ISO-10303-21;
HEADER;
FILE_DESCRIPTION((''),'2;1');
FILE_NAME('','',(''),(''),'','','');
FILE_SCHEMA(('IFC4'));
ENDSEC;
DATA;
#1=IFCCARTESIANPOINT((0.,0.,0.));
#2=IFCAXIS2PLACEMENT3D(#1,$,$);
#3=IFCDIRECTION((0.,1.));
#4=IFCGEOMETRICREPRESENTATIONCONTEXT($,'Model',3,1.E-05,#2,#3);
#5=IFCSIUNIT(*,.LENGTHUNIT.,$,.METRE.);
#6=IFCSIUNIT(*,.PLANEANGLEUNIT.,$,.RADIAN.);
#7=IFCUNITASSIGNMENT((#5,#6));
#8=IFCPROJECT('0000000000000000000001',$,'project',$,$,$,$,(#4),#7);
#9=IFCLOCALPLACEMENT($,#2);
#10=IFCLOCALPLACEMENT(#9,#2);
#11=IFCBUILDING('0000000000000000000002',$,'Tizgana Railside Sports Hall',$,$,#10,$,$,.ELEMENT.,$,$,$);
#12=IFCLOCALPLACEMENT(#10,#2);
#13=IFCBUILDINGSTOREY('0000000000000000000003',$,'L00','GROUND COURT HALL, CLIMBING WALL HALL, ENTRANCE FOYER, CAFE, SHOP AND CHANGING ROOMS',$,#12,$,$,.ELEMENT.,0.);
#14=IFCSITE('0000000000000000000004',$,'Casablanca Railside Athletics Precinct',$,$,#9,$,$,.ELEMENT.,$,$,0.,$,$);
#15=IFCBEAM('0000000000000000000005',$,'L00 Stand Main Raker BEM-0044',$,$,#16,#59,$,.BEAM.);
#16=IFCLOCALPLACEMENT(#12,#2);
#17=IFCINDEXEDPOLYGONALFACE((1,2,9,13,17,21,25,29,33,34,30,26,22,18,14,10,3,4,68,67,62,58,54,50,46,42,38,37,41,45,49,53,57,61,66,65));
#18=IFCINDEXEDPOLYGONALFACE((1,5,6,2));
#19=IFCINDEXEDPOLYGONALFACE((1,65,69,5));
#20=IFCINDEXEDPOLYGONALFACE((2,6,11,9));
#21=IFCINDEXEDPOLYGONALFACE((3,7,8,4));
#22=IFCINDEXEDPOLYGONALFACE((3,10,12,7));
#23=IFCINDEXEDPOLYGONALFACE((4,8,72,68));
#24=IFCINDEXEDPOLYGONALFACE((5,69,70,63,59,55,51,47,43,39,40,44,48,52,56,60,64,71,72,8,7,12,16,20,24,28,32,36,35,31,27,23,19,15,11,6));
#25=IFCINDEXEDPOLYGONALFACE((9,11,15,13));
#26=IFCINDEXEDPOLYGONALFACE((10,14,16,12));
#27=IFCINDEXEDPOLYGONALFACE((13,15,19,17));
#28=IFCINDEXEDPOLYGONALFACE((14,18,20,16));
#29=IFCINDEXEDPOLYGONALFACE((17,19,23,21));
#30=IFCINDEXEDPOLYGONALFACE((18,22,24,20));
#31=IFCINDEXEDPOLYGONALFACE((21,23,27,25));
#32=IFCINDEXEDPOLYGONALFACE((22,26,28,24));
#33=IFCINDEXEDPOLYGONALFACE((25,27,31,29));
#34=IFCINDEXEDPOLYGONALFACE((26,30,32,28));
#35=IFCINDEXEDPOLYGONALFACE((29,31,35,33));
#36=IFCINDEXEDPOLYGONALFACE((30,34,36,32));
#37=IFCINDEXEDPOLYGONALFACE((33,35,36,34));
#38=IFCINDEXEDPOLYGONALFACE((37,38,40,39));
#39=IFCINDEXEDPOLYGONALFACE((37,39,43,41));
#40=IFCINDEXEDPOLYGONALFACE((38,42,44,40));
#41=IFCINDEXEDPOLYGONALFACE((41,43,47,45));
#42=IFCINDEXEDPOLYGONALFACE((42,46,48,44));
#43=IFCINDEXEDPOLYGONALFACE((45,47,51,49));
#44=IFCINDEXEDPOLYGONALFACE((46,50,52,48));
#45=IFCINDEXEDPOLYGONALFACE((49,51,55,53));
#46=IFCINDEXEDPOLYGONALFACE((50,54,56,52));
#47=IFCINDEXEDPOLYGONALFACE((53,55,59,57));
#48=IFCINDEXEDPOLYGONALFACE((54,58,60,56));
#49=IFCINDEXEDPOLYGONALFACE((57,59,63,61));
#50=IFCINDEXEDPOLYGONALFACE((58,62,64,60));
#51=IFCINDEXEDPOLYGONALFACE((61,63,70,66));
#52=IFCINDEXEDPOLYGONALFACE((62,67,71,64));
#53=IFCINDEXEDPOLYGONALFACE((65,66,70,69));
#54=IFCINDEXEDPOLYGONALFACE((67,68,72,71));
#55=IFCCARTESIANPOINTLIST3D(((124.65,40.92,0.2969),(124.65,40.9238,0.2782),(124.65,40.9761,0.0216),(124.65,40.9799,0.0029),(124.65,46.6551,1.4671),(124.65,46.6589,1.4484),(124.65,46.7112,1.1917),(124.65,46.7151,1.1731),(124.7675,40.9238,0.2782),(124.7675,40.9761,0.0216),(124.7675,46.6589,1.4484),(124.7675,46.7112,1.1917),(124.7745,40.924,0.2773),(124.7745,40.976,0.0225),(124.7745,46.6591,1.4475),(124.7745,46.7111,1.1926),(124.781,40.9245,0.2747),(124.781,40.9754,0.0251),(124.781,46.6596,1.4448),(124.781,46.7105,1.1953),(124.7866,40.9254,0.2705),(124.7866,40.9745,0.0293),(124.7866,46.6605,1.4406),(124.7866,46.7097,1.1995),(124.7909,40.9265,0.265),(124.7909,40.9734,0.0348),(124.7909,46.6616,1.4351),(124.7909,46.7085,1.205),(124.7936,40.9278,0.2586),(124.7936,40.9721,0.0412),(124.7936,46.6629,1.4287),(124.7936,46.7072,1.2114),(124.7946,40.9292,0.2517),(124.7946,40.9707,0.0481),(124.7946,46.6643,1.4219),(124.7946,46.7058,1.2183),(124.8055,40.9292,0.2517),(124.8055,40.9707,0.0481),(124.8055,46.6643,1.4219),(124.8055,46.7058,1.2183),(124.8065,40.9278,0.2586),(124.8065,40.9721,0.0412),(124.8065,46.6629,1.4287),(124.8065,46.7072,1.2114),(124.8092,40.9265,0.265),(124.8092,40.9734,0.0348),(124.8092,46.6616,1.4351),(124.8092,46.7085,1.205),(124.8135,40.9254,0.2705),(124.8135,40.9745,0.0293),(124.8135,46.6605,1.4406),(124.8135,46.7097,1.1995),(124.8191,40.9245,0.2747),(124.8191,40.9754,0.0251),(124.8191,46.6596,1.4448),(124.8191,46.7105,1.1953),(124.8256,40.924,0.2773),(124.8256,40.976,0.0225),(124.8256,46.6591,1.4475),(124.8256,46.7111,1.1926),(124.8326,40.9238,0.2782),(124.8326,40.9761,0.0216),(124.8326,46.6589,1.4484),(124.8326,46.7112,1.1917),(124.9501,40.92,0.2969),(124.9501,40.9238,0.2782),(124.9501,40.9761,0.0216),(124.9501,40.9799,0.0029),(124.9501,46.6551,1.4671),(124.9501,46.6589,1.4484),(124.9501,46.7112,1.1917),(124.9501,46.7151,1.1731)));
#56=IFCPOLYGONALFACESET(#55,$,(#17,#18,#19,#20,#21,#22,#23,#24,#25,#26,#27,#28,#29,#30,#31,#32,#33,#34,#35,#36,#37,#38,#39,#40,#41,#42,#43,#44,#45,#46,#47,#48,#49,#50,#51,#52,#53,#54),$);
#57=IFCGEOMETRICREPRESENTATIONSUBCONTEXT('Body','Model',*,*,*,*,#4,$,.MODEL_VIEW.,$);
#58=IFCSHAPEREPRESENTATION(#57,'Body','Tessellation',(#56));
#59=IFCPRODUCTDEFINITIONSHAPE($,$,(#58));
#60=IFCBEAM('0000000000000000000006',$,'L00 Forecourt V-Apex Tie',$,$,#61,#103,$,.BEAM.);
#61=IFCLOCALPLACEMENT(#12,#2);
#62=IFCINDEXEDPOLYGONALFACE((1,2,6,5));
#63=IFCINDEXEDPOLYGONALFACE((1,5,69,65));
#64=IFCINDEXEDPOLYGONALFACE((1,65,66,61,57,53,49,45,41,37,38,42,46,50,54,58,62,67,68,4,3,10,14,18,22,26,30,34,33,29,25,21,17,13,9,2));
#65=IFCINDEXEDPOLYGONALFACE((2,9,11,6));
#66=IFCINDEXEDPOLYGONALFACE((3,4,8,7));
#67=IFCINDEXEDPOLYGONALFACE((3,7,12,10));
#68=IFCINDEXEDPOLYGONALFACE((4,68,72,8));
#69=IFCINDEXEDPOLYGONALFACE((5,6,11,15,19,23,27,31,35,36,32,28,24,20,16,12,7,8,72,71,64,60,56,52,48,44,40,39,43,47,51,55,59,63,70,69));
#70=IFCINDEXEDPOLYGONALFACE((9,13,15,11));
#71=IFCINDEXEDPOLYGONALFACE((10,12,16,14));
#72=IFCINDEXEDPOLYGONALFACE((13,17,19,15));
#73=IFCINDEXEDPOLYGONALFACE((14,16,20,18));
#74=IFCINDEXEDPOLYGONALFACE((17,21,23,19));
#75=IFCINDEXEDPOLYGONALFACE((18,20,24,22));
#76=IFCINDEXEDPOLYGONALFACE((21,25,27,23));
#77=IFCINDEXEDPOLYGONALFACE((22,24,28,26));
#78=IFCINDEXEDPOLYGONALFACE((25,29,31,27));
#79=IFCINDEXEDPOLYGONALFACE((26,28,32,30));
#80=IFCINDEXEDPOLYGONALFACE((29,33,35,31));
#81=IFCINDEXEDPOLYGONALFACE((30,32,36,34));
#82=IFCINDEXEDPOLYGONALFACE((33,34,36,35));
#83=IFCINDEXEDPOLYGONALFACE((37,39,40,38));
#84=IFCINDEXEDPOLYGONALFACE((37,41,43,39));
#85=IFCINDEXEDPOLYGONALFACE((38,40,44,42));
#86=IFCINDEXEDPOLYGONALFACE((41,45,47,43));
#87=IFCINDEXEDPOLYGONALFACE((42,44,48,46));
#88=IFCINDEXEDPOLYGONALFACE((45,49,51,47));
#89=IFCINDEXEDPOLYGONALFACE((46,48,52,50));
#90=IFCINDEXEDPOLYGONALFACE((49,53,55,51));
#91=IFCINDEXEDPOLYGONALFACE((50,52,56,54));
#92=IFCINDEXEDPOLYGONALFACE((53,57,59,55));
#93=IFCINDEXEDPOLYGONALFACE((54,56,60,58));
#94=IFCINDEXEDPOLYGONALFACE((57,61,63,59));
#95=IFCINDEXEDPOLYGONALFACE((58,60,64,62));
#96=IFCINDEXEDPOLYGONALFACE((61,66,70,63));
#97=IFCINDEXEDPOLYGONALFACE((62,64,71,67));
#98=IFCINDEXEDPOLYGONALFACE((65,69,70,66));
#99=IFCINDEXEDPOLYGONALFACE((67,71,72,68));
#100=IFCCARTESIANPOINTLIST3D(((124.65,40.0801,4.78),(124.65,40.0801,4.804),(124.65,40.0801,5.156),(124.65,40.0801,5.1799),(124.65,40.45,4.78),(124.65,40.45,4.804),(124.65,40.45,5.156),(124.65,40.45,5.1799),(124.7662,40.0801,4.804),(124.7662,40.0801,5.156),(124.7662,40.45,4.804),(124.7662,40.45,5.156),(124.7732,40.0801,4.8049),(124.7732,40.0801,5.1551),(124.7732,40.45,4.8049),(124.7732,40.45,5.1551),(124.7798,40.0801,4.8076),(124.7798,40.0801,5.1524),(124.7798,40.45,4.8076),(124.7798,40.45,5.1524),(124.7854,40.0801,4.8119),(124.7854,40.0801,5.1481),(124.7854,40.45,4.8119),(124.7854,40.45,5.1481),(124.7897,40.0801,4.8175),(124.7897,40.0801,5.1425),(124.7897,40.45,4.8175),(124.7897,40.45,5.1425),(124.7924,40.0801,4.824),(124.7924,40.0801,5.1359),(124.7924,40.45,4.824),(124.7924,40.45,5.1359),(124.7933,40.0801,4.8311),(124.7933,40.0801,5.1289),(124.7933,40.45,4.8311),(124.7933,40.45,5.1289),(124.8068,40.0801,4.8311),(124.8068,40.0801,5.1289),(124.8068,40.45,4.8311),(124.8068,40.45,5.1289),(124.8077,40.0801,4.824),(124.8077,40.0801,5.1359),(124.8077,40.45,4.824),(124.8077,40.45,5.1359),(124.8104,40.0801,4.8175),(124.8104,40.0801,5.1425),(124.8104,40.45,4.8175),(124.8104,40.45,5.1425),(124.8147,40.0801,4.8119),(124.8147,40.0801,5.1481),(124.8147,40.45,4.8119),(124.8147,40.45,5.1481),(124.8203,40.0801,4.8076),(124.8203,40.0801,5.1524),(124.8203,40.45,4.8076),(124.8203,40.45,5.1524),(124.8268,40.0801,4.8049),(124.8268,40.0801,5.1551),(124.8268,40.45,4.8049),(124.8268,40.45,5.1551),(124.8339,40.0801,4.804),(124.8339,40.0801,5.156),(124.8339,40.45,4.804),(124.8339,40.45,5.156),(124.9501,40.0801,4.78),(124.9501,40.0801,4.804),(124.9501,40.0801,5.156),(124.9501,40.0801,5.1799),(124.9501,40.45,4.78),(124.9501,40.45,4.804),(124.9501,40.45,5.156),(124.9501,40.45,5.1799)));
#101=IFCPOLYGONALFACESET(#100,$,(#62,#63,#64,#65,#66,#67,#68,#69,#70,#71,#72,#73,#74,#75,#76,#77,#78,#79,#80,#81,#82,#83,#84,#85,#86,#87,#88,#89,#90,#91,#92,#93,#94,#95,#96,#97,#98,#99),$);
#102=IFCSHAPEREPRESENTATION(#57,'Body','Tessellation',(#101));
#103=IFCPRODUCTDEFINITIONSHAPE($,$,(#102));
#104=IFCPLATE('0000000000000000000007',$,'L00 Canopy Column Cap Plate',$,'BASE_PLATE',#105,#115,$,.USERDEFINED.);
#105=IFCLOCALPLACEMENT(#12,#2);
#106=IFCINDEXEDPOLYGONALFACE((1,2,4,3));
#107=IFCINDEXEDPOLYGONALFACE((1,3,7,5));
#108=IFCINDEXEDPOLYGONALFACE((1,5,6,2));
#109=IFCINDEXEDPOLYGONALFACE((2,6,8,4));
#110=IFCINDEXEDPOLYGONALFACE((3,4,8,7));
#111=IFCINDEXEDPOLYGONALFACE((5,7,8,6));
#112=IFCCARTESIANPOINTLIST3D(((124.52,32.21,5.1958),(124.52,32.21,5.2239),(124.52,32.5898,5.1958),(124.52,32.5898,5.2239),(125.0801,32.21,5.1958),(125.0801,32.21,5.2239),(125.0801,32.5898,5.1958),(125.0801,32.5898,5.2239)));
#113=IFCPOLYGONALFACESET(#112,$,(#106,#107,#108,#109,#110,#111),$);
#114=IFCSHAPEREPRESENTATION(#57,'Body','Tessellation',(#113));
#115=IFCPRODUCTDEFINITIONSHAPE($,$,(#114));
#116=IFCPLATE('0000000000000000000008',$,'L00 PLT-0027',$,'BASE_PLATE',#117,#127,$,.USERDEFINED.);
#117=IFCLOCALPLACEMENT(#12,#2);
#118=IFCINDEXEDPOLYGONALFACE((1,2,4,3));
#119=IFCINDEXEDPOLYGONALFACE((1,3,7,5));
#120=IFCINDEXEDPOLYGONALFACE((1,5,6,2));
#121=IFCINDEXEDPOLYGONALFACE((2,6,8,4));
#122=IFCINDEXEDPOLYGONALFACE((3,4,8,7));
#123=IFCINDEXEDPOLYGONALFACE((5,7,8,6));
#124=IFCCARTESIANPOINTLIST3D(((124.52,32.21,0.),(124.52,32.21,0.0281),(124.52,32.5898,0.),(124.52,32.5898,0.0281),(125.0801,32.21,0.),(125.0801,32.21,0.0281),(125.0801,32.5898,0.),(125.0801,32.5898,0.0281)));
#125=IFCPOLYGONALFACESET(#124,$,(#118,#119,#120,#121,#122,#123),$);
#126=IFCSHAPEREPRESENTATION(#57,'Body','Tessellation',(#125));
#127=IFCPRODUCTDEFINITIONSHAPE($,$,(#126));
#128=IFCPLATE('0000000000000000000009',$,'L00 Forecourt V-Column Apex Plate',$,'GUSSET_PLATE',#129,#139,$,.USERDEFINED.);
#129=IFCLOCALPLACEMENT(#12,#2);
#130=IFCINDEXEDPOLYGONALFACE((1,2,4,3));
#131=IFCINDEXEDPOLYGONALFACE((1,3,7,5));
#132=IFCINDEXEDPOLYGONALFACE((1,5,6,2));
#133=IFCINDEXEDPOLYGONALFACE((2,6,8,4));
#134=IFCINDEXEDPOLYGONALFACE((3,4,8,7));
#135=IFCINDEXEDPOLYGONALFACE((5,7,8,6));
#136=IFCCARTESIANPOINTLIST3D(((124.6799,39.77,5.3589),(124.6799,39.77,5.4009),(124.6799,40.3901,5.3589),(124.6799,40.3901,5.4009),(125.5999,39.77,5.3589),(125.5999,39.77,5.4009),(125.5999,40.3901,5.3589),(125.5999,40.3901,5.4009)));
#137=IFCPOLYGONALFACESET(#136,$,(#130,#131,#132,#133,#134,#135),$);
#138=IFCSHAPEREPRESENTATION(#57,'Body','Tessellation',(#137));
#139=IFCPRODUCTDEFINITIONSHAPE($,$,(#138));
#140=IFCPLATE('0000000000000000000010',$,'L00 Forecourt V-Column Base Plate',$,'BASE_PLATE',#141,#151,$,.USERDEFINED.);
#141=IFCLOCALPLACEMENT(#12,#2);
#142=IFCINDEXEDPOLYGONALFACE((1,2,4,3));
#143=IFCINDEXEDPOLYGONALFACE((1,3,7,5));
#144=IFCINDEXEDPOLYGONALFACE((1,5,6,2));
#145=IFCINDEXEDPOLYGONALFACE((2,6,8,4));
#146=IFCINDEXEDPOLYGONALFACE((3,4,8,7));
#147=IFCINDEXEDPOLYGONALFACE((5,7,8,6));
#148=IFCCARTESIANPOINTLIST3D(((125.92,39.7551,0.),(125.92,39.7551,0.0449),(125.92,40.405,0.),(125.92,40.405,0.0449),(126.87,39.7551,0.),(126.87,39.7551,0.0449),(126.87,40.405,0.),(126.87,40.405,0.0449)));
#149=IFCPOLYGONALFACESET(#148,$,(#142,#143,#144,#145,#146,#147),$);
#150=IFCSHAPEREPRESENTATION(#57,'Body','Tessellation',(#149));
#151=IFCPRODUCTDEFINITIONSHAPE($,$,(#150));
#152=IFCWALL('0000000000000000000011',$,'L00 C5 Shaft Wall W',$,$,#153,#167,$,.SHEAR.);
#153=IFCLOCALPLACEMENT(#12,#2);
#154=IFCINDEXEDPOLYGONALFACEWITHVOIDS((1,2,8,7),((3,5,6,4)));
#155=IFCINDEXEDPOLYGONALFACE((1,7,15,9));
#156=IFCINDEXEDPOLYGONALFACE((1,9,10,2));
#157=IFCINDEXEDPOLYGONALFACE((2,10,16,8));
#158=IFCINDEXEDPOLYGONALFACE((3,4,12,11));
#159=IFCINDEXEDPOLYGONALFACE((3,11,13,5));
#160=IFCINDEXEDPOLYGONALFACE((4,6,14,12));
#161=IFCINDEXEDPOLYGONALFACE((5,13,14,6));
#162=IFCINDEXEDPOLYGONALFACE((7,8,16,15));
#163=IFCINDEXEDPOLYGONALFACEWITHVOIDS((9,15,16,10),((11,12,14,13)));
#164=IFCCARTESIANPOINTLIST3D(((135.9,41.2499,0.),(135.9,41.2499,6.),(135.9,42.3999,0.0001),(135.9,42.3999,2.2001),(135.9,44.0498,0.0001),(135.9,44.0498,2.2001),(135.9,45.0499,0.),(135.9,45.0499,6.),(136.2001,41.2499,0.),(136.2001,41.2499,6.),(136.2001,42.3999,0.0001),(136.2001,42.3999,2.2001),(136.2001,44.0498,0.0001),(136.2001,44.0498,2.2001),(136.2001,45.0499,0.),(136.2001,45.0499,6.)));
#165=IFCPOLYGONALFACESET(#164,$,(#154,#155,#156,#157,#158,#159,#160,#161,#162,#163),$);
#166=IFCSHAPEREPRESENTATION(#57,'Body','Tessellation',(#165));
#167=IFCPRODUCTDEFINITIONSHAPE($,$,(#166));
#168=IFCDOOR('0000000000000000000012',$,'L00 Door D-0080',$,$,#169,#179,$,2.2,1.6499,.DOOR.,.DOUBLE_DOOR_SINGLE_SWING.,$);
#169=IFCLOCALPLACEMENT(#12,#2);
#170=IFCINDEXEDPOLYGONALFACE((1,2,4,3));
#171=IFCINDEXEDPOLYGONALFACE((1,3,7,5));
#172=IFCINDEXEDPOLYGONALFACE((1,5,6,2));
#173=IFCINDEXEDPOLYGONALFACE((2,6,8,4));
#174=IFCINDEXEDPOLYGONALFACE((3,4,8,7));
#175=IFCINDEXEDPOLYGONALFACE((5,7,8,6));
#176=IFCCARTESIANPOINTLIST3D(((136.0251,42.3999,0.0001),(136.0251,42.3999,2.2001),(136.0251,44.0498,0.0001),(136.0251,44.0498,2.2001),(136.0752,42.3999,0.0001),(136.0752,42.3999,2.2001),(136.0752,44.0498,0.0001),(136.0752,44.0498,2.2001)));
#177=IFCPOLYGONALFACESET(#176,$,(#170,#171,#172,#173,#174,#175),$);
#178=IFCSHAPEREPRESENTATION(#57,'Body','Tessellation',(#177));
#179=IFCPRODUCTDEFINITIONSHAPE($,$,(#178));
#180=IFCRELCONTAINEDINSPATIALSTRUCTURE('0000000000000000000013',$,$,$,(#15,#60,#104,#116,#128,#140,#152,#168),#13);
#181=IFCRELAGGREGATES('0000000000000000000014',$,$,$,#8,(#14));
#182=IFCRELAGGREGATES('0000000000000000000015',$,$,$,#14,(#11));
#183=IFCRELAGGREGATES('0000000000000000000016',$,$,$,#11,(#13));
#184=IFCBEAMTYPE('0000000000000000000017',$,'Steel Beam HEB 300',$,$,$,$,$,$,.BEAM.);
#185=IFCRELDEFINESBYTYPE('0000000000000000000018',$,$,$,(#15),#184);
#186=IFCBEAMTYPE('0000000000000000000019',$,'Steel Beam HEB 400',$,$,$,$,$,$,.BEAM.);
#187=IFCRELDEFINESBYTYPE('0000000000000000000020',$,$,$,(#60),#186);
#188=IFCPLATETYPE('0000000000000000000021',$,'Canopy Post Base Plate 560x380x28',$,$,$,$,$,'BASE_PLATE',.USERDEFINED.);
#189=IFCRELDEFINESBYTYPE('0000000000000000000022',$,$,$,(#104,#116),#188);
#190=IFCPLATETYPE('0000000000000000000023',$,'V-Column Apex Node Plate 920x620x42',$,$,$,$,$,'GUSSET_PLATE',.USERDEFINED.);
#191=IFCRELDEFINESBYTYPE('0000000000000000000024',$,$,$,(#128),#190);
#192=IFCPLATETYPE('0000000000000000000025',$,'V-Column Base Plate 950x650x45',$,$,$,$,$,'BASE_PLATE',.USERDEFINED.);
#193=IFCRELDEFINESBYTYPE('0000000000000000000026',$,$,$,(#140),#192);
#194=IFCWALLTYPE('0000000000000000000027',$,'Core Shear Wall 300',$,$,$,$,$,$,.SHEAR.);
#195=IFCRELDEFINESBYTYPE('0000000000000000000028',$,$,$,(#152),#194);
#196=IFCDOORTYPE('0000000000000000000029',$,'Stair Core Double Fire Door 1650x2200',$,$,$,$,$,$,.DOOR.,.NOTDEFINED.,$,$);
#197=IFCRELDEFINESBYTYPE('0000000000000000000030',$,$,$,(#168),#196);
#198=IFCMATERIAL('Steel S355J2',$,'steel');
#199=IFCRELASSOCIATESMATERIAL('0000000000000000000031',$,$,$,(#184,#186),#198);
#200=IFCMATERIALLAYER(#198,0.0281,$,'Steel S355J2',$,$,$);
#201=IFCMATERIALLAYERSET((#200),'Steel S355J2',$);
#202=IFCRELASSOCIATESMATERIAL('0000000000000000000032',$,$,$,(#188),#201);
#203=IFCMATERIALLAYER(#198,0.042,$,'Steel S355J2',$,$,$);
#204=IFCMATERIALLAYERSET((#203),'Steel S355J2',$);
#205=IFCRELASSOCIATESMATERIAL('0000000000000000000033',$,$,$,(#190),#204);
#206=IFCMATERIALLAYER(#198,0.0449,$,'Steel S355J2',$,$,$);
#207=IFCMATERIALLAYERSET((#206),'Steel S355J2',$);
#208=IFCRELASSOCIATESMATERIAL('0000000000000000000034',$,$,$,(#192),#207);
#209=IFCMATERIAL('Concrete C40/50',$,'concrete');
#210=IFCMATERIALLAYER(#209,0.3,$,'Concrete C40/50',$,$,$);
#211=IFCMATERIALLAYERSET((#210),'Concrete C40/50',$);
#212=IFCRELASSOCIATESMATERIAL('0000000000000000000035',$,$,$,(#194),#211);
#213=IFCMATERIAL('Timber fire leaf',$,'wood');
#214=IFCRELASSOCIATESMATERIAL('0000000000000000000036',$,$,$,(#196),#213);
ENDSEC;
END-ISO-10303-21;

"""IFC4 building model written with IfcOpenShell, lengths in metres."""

from ifc_helpers import new_model, si_unit, direction, frame, frame_2d, origin, origin_2d, place, context, subcontext, project, spatial, rectangle, i_section, extrude, material, layer, layer_set, material_profile, profile_set, type_object, element, fill, save


model = new_model("IFC4")

# Units and contexts
model_context = context("Model", 3, precision=1e-05, world=origin(), true_north=direction((0.0, 1.0)))
body_context = subcontext(model_context, "Body", "Model", "MODEL_VIEW")
ifc_project = project(units=[si_unit("LENGTHUNIT", "METRE"), si_unit("PLANEANGLEUNIT", "RADIAN")], contexts=[model_context])

# Site, building, storey
site_placement = place(None, origin())
site = spatial("IfcSite", under=ifc_project, at=site_placement, Name="Casablanca Railside Athletics Precinct", CompositionType="ELEMENT", RefElevation=0.0)
building_placement = place(site_placement, origin())
building = spatial("IfcBuilding", under=site, at=building_placement, Name="Tizgana Railside Sports Hall", CompositionType="ELEMENT")
storey_placement = place(building_placement, origin())
storey = spatial("IfcBuildingStorey", under=building, at=storey_placement, Name="L00", Description="GROUND COURT HALL, CLIMBING WALL HALL, ENTRANCE FOYER, CAFE, SHOP AND CHANGING ROOMS", CompositionType="ELEMENT", Elevation=0.0)

# Shared definitions
ifc_material_1 = material(Name="Concrete C40/50", Category="concrete")
ifc_material_2 = material(Name="Steel S355J2", Category="steel")

# Beams
ifc_material_profile_1 = material_profile(ifc_material_2, i_section(OverallWidth=0.3, OverallDepth=0.3, WebThickness=0.011, FlangeThickness=0.019, FilletRadius=0.0271, at=origin_2d()), Name="HEB 300")
ifc_profile_set_1 = profile_set([ifc_material_profile_1], Name="Steel S355J2")
beam_type_1 = type_object("IfcBeamType", Name="Steel Beam HEB 300", PredefinedType="BEAM", material=ifc_profile_set_1)
beam_1_placement = place(storey_placement, frame((124.8, 40.95, 0.1499), z_axis=(0.0, 0.979813, 0.199917), x_axis=(-1.0, 0.0, 0.0)))
element("IfcBeam", 1, at=beam_1_placement, inside=storey, type_object=beam_type_1, Name="L00 Stand Main Raker BEM-0044", PredefinedType="BEAM", context=body_context, shape_type="SweptSolid", body=[
    extrude(i_section(OverallWidth=0.3, OverallDepth=0.3, WebThickness=0.011, FlangeThickness=0.019, FilletRadius=0.0271, at=origin_2d()), origin(), (0.0, 0.0, 1.0), 5.8533),
])
ifc_material_profile_2 = material_profile(ifc_material_2, i_section(OverallWidth=0.3, OverallDepth=0.3999, WebThickness=0.0134, FlangeThickness=0.0239, FilletRadius=0.0271, at=origin_2d()), Name="HEB 400")
ifc_profile_set_2 = profile_set([ifc_material_profile_2], Name="Steel S355J2")
beam_type_2 = type_object("IfcBeamType", Name="Steel Beam HEB 400", PredefinedType="BEAM", material=ifc_profile_set_2)
beam_2_placement = place(storey_placement, frame((124.8, 40.0801, 4.98), z_axis=(0.0, 1.0, 0.0), x_axis=(-1.0, 0.0, 0.0)))
element("IfcBeam", 2, at=beam_2_placement, inside=storey, type_object=beam_type_2, Name="L00 Forecourt V-Apex Tie", PredefinedType="BEAM", context=body_context, shape_type="SweptSolid", body=[
    extrude(i_section(OverallWidth=0.3, OverallDepth=0.3999, WebThickness=0.0134, FlangeThickness=0.0239, FilletRadius=0.0271, at=origin_2d()), origin(), (0.0, 0.0, 1.0), 0.3699),
])

# Plates
ifc_layer_1 = layer(ifc_material_2, 0.0281, Name="Steel S355J2")
ifc_layer_set_1 = layer_set([ifc_layer_1], Name="Steel S355J2")
plate_type_1 = type_object("IfcPlateType", Name="Canopy Post Base Plate 560x380x28", ElementType="BASE_PLATE", PredefinedType="USERDEFINED", material=ifc_layer_set_1)
for number, where, z_axis, x_axis, name in (
    (3, (124.8, 32.3999, 5.1958), (0.0, 0.0, 1.0), (1.0, 0.0, 0.0), "L00 Canopy Column Cap Plate"),
    (4, (124.8, 32.3999, 0.0), (0.0, 0.0, 1.0), (1.0, 0.0, 0.0), "L00 PLT-0027"),
):
    element("IfcPlate", number, at=place(storey_placement, frame(where, z_axis=z_axis, x_axis=x_axis)), inside=storey, type_object=plate_type_1, Name=name, ObjectType="BASE_PLATE", PredefinedType="USERDEFINED", context=body_context, shape_type="SweptSolid", body=[
        extrude(rectangle(XDim=0.5601, YDim=0.3799, at=origin_2d()), origin(), (0.0, 0.0, 1.0), 0.0281),
    ])
ifc_layer_2 = layer(ifc_material_2, 0.042, Name="Steel S355J2")
ifc_layer_set_2 = layer_set([ifc_layer_2], Name="Steel S355J2")
plate_type_2 = type_object("IfcPlateType", Name="V-Column Apex Node Plate 920x620x42", ElementType="GUSSET_PLATE", PredefinedType="USERDEFINED", material=ifc_layer_set_2)
plate_1_placement = place(storey_placement, frame((125.1399, 40.0801, 5.3589), z_axis=(0.0, 0.0, 1.0), x_axis=(1.0, 0.0, 0.0)))
element("IfcPlate", 5, at=plate_1_placement, inside=storey, type_object=plate_type_2, Name="L00 Forecourt V-Column Apex Plate", ObjectType="GUSSET_PLATE", PredefinedType="USERDEFINED", context=body_context, shape_type="SweptSolid", body=[
    extrude(rectangle(XDim=0.9199, YDim=0.6201, at=origin_2d()), origin(), (0.0, 0.0, 1.0), 0.042),
])
ifc_layer_3 = layer(ifc_material_2, 0.0449, Name="Steel S355J2")
ifc_layer_set_3 = layer_set([ifc_layer_3], Name="Steel S355J2")
plate_type_3 = type_object("IfcPlateType", Name="V-Column Base Plate 950x650x45", ElementType="BASE_PLATE", PredefinedType="USERDEFINED", material=ifc_layer_set_3)
plate_2_placement = place(storey_placement, frame((126.395, 40.0801, 0.0), z_axis=(0.0, 0.0, 1.0), x_axis=(1.0, 0.0, 0.0)))
element("IfcPlate", 6, at=plate_2_placement, inside=storey, type_object=plate_type_3, Name="L00 Forecourt V-Column Base Plate", ObjectType="BASE_PLATE", PredefinedType="USERDEFINED", context=body_context, shape_type="SweptSolid", body=[
    extrude(rectangle(XDim=0.95, YDim=0.6499, at=origin_2d()), origin(), (0.0, 0.0, 1.0), 0.0449),
])

# Wall, opening, door
ifc_layer_4 = layer(ifc_material_1, 0.3, Name="Concrete C40/50")
ifc_layer_set_4 = layer_set([ifc_layer_4], Name="Concrete C40/50")
wall_type_1 = type_object("IfcWallType", Name="Core Shear Wall 300", PredefinedType="SHEAR", material=ifc_layer_set_4)
wall_1_placement = place(storey_placement, frame((136.05, 41.25, 0.0), z_axis=(0.0, 0.0, 1.0), x_axis=(0.0, 1.0, 0.0)))
wall_1 = element("IfcWall", 7, at=wall_1_placement, inside=storey, type_object=wall_type_1, Name="L00 C5 Shaft Wall W", PredefinedType="SHEAR", context=body_context, shape_type="SweptSolid", body=[
    extrude(rectangle(XDim=3.8, YDim=0.3, at=frame_2d((1.8999, 0.0))), origin(), (0.0, 0.0, 1.0), 6.0),
])
opening_1_placement = place(wall_1_placement, frame((1.1499, 0.0, 0.0)))
opening_1 = element("IfcOpeningElement", 8, at=opening_1_placement, cuts=wall_1, PredefinedType="OPENING", context=body_context, shape_type="SweptSolid", body=[
    extrude(rectangle(XDim=1.6499, YDim=2.2, at=frame_2d((0.825, 1.1001))), frame((0.0, 0.1599, 0.0), z_axis=(0.0, -1.0, 0.0), x_axis=(1.0, 0.0, 0.0)), (0.0, 0.0, 1.0), 0.3201),
])
ifc_material_3 = material(Name="Timber fire leaf", Category="wood")
door_type_1 = type_object("IfcDoorType", Name="Stair Core Double Fire Door 1650x2200", OperationType="NOTDEFINED", PredefinedType="DOOR", material=ifc_material_3)
door_1_placement = place(opening_1_placement, origin())
door_1 = element("IfcDoor", 9, at=door_1_placement, inside=storey, type_object=door_type_1, Name="L00 Door D-0080", OperationType="DOUBLE_DOOR_SINGLE_SWING", OverallHeight=2.2, OverallWidth=1.6499, PredefinedType="DOOR", context=body_context, shape_type="SweptSolid", body=[
    extrude(rectangle(XDim=1.6499, YDim=2.2, at=frame_2d((0.825, 1.1001))), frame((0.0, 0.0249, 0.0), z_axis=(0.0, -1.0, 0.0), x_axis=(1.0, 0.0, 0.0)), (0.0, 0.0, 1.0), 0.05),
])
fill(opening_1, door_1)

save(model, "model.ifc")
